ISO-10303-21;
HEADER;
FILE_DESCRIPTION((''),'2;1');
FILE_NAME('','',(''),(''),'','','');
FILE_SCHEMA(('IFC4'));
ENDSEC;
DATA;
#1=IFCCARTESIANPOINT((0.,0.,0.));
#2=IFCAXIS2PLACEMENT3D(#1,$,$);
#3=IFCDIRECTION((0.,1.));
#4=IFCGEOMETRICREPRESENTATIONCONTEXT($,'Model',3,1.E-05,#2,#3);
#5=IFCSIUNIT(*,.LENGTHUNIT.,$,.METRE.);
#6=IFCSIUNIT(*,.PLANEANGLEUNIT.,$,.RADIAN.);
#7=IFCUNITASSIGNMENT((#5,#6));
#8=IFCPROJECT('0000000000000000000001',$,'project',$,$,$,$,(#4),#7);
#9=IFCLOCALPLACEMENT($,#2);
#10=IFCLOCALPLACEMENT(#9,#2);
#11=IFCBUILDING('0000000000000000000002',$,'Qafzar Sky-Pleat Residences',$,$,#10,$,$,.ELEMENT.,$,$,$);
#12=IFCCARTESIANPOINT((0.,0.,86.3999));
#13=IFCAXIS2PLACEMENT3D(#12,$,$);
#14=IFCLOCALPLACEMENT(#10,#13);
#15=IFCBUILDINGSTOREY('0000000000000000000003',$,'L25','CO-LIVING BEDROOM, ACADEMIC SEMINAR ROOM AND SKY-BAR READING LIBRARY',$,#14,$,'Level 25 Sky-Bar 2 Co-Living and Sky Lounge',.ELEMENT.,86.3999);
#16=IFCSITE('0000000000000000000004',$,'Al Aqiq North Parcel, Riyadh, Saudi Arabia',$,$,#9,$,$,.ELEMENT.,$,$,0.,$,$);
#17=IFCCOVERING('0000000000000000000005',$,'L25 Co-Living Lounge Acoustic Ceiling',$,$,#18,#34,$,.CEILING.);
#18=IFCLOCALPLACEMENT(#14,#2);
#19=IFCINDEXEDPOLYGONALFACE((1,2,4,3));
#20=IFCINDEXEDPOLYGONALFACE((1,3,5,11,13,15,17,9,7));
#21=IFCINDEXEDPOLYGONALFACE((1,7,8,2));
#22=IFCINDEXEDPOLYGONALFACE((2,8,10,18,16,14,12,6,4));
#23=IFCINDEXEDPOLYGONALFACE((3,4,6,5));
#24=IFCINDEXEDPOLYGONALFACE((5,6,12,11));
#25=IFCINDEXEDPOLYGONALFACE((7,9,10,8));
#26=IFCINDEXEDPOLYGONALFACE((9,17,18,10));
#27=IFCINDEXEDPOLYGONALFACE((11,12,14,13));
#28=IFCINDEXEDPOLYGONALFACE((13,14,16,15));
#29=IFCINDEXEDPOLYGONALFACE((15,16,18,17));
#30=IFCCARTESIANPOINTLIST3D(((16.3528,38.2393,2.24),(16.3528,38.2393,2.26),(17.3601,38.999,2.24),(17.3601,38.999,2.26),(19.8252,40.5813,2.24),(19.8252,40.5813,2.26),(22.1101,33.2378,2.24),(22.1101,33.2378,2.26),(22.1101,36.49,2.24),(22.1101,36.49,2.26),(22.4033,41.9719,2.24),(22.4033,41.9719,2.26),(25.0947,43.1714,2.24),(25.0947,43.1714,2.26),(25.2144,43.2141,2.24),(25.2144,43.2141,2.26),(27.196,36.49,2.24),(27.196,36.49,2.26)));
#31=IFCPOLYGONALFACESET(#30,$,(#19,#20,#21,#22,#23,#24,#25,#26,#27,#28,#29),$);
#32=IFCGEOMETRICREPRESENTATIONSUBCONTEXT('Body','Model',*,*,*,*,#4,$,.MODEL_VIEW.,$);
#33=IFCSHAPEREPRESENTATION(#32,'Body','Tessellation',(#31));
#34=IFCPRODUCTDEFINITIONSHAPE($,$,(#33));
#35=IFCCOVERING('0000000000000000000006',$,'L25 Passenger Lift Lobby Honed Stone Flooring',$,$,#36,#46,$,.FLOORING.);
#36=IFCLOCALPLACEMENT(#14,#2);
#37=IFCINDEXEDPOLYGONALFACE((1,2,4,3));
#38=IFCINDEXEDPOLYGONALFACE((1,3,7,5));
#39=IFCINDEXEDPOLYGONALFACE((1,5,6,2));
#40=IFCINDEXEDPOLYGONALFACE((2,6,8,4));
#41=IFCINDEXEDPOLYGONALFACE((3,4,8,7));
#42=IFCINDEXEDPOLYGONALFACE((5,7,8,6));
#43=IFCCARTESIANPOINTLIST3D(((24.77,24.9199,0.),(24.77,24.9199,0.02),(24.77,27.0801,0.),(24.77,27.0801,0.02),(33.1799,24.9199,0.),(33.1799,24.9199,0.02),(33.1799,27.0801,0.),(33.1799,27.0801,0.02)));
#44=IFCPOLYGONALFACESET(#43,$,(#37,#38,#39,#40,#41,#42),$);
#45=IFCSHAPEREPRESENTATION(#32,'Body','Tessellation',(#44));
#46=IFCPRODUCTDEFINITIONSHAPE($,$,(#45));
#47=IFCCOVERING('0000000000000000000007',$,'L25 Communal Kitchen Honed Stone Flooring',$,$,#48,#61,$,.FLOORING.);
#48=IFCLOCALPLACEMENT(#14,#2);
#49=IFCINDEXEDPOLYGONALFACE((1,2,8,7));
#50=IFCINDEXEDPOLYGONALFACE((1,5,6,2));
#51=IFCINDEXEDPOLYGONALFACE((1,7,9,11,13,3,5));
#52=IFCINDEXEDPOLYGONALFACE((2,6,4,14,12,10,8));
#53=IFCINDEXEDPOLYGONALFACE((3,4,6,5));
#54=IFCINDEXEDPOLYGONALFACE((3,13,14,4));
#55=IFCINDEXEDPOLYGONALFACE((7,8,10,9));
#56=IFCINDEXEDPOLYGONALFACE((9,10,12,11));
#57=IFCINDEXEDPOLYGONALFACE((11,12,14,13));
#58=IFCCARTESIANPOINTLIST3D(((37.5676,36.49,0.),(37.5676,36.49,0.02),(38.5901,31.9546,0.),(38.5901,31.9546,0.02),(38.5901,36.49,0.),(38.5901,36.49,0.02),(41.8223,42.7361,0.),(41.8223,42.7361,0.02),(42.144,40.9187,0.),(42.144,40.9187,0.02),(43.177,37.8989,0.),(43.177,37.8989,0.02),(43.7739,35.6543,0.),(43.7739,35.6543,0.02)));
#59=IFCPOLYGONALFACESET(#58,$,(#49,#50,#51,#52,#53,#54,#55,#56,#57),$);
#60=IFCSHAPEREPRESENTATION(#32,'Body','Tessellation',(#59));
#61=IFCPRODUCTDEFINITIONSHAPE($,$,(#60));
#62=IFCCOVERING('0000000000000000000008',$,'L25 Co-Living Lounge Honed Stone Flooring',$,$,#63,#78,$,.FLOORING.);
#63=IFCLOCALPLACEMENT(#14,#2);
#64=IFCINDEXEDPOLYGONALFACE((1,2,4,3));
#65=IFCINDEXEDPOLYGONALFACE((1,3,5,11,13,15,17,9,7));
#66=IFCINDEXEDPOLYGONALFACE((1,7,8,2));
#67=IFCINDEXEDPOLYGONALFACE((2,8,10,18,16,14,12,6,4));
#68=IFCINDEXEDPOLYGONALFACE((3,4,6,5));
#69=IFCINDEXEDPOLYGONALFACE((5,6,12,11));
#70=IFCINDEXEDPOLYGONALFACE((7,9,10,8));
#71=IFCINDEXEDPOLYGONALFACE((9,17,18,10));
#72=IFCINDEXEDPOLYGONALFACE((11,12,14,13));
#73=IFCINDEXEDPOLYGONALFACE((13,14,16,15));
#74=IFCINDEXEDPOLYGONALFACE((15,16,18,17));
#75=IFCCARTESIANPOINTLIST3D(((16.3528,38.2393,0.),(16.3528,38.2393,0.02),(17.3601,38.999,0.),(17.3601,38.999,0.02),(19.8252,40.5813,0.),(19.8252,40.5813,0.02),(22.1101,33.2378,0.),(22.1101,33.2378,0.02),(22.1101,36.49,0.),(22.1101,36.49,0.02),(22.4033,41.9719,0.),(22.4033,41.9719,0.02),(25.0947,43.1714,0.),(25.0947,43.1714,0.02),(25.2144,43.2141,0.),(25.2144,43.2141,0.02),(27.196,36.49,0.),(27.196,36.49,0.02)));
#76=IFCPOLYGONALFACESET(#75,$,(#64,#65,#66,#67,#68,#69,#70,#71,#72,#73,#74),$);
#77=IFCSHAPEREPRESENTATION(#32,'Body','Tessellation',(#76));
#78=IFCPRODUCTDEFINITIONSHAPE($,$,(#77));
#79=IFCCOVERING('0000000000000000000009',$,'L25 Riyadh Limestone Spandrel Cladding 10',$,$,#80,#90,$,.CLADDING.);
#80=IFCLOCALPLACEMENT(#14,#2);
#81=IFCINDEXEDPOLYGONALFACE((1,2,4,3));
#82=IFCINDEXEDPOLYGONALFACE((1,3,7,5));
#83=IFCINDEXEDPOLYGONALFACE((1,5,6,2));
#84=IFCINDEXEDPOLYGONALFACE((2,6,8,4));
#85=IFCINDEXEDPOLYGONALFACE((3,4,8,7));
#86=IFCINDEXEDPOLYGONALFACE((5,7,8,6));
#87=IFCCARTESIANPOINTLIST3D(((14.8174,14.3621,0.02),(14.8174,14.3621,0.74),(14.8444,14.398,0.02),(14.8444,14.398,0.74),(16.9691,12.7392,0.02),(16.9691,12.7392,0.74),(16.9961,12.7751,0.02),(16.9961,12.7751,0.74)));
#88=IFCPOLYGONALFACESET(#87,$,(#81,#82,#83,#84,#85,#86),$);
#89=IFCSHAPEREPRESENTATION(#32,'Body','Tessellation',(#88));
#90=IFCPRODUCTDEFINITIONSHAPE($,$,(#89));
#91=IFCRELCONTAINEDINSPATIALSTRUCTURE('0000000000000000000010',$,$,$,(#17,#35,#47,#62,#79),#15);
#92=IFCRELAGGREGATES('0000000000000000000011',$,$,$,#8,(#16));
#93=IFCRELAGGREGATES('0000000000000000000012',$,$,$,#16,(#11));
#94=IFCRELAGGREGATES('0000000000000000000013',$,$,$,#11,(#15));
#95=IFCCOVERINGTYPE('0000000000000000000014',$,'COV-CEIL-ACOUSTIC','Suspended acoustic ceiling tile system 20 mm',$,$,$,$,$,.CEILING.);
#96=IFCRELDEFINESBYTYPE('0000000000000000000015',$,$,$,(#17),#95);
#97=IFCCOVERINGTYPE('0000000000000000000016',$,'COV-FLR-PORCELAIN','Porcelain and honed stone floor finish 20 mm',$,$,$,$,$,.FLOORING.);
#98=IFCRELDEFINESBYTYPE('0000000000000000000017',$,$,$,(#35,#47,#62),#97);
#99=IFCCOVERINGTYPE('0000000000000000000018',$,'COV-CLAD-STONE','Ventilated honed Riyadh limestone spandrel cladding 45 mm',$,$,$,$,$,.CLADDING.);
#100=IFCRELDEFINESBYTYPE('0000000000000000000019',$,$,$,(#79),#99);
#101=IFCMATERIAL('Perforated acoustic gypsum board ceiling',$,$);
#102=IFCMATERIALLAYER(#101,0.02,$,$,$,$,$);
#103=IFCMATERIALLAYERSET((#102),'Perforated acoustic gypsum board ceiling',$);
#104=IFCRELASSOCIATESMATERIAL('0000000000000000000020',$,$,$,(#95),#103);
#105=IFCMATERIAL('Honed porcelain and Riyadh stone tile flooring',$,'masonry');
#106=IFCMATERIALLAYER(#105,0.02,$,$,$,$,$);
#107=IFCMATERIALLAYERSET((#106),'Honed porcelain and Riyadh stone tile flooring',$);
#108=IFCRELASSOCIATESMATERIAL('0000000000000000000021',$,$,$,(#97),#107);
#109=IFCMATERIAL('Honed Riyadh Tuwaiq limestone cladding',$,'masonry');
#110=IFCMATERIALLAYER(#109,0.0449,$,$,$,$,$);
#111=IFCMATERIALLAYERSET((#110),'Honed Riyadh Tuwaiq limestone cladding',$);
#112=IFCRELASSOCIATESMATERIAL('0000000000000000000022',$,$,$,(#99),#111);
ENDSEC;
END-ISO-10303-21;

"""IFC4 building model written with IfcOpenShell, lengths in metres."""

from ifc_helpers import new_model, si_unit, direction, frame, origin, origin_2d, place, context, subcontext, project, spatial, polyline, rectangle, outline, extrude, source, transform, mapped, material, layer, layer_set, type_object, element, save


model = new_model("IFC4")

# Units and contexts
model_context = context("Model", 3, precision=1e-05, world=origin(), true_north=direction((0.0, 1.0)))
body_context = subcontext(model_context, "Body", "Model", "MODEL_VIEW")
ifc_project = project(units=[si_unit("LENGTHUNIT", "METRE"), si_unit("PLANEANGLEUNIT", "RADIAN")], contexts=[model_context])

# Site, building, storey
site_placement = place(None, origin())
site = spatial("IfcSite", under=ifc_project, at=site_placement, Name="Al Aqiq North Parcel, Riyadh, Saudi Arabia", CompositionType="ELEMENT", RefElevation=0.0)
building_placement = place(site_placement, origin())
building = spatial("IfcBuilding", under=site, at=building_placement, Name="Qafzar Sky-Pleat Residences", CompositionType="ELEMENT")
storey_placement = place(building_placement, frame((0.0, 0.0, 86.3999)))
storey = spatial("IfcBuildingStorey", under=building, at=storey_placement, Name="L25", Description="CO-LIVING BEDROOM, ACADEMIC SEMINAR ROOM AND SKY-BAR READING LIBRARY", LongName="Level 25 Sky-Bar 2 Co-Living and Sky Lounge", CompositionType="ELEMENT", Elevation=86.3999)

# Coverings
ifc_material_1 = material(Name="Perforated acoustic gypsum board ceiling")
ifc_layer_1 = layer(ifc_material_1, 0.02)
ifc_layer_set_1 = layer_set([ifc_layer_1], Name="Perforated acoustic gypsum board ceiling")
covering_type_1 = type_object("IfcCoveringType", Name="COV-CEIL-ACOUSTIC", Description="Suspended acoustic ceiling tile system 20 mm", PredefinedType="CEILING", material=ifc_layer_set_1)
covering_1_placement = place(storey_placement, frame((0.0, 0.0, 2.24)))
element("IfcCovering", 1, at=covering_1_placement, inside=storey, type_object=covering_type_1, Name="L25 Co-Living Lounge Acoustic Ceiling", PredefinedType="CEILING", context=body_context, shape_type="SweptSolid", body=[
    extrude(outline(polyline([(17.3601, 38.999), (19.8252, 40.5813), (22.4033, 41.9719), (25.0947, 43.1714), (25.2144, 43.2141), (27.196, 36.49), (22.1101, 36.49), (22.1101, 33.2378), (16.3528, 38.2393), (17.3601, 38.999)])), origin(), (0.0, 0.0, 1.0), 0.02),
])
ifc_material_2 = material(Name="Honed porcelain and Riyadh stone tile flooring", Category="masonry")
ifc_layer_2 = layer(ifc_material_2, 0.02)
ifc_layer_set_2 = layer_set([ifc_layer_2], Name="Honed porcelain and Riyadh stone tile flooring")
covering_type_2 = type_object("IfcCoveringType", Name="COV-FLR-PORCELAIN", Description="Porcelain and honed stone floor finish 20 mm", PredefinedType="FLOORING", material=ifc_layer_set_2)
covering_2_placement = place(storey_placement, origin())
element("IfcCovering", 2, at=covering_2_placement, inside=storey, type_object=covering_type_2, Name="L25 Passenger Lift Lobby Honed Stone Flooring", PredefinedType="FLOORING", context=body_context, shape_type="SweptSolid", body=[
    extrude(outline(polyline([(33.1799, 24.9199), (24.77, 24.9199), (24.77, 27.0801), (33.1799, 27.0801), (33.1799, 24.9199)])), origin(), (0.0, 0.0, 1.0), 0.02),
])
covering_3_placement = place(storey_placement, origin())
element("IfcCovering", 3, at=covering_3_placement, inside=storey, type_object=covering_type_2, Name="L25 Communal Kitchen Honed Stone Flooring", PredefinedType="FLOORING", context=body_context, shape_type="SweptSolid", body=[
    extrude(outline(polyline([(42.144, 40.9187), (43.177, 37.8989), (43.7739, 35.6543), (38.5901, 31.9546), (38.5901, 36.49), (37.5676, 36.49), (41.8223, 42.7361), (42.144, 40.9187)])), origin(), (0.0, 0.0, 1.0), 0.02),
])
covering_4_placement = place(storey_placement, origin())
element("IfcCovering", 4, at=covering_4_placement, inside=storey, type_object=covering_type_2, Name="L25 Co-Living Lounge Honed Stone Flooring", PredefinedType="FLOORING", context=body_context, shape_type="SweptSolid", body=[
    extrude(outline(polyline([(17.3601, 38.999), (19.8252, 40.5813), (22.4033, 41.9719), (25.0947, 43.1714), (25.2144, 43.2141), (27.196, 36.49), (22.1101, 36.49), (22.1101, 33.2378), (16.3528, 38.2393), (17.3601, 38.999)])), origin(), (0.0, 0.0, 1.0), 0.02),
])
ifc_material_3 = material(Name="Honed Riyadh Tuwaiq limestone cladding", Category="masonry")
ifc_layer_3 = layer(ifc_material_3, 0.0449)
ifc_layer_set_3 = layer_set([ifc_layer_3], Name="Honed Riyadh Tuwaiq limestone cladding")
covering_type_3 = type_object("IfcCoveringType", Name="COV-CLAD-STONE", Description="Ventilated honed Riyadh limestone spandrel cladding 45 mm", PredefinedType="CLADDING", material=ifc_layer_set_3)
shared_shape_1 = source(origin(), body_context, "Body", "SweptSolid", [
    extrude(rectangle(XDim=2.6951, YDim=0.0449, at=origin_2d()), origin(), (0.0, 0.0, 1.0), 0.72),
])
covering_5_placement = place(storey_placement, frame((15.9067, 13.5686, 0.02), z_axis=(0.0, 0.0, 1.0), x_axis=(0.798378, -0.602156, 0.0)))
element("IfcCovering", 5, at=covering_5_placement, inside=storey, type_object=covering_type_3, Name="L25 Riyadh Limestone Spandrel Cladding 10", PredefinedType="CLADDING", context=body_context, shape_type="MappedRepresentation", body=[
    mapped(shared_shape_1, transform((0.0, 0.0, 0.0), x_axis=(1.0, 0.0, 0.0), y_axis=(0.0, 1.0, 0.0), z_axis=(0.0, 0.0, 1.0), scale=1.0)),
])

save(model, "model.ifc")
